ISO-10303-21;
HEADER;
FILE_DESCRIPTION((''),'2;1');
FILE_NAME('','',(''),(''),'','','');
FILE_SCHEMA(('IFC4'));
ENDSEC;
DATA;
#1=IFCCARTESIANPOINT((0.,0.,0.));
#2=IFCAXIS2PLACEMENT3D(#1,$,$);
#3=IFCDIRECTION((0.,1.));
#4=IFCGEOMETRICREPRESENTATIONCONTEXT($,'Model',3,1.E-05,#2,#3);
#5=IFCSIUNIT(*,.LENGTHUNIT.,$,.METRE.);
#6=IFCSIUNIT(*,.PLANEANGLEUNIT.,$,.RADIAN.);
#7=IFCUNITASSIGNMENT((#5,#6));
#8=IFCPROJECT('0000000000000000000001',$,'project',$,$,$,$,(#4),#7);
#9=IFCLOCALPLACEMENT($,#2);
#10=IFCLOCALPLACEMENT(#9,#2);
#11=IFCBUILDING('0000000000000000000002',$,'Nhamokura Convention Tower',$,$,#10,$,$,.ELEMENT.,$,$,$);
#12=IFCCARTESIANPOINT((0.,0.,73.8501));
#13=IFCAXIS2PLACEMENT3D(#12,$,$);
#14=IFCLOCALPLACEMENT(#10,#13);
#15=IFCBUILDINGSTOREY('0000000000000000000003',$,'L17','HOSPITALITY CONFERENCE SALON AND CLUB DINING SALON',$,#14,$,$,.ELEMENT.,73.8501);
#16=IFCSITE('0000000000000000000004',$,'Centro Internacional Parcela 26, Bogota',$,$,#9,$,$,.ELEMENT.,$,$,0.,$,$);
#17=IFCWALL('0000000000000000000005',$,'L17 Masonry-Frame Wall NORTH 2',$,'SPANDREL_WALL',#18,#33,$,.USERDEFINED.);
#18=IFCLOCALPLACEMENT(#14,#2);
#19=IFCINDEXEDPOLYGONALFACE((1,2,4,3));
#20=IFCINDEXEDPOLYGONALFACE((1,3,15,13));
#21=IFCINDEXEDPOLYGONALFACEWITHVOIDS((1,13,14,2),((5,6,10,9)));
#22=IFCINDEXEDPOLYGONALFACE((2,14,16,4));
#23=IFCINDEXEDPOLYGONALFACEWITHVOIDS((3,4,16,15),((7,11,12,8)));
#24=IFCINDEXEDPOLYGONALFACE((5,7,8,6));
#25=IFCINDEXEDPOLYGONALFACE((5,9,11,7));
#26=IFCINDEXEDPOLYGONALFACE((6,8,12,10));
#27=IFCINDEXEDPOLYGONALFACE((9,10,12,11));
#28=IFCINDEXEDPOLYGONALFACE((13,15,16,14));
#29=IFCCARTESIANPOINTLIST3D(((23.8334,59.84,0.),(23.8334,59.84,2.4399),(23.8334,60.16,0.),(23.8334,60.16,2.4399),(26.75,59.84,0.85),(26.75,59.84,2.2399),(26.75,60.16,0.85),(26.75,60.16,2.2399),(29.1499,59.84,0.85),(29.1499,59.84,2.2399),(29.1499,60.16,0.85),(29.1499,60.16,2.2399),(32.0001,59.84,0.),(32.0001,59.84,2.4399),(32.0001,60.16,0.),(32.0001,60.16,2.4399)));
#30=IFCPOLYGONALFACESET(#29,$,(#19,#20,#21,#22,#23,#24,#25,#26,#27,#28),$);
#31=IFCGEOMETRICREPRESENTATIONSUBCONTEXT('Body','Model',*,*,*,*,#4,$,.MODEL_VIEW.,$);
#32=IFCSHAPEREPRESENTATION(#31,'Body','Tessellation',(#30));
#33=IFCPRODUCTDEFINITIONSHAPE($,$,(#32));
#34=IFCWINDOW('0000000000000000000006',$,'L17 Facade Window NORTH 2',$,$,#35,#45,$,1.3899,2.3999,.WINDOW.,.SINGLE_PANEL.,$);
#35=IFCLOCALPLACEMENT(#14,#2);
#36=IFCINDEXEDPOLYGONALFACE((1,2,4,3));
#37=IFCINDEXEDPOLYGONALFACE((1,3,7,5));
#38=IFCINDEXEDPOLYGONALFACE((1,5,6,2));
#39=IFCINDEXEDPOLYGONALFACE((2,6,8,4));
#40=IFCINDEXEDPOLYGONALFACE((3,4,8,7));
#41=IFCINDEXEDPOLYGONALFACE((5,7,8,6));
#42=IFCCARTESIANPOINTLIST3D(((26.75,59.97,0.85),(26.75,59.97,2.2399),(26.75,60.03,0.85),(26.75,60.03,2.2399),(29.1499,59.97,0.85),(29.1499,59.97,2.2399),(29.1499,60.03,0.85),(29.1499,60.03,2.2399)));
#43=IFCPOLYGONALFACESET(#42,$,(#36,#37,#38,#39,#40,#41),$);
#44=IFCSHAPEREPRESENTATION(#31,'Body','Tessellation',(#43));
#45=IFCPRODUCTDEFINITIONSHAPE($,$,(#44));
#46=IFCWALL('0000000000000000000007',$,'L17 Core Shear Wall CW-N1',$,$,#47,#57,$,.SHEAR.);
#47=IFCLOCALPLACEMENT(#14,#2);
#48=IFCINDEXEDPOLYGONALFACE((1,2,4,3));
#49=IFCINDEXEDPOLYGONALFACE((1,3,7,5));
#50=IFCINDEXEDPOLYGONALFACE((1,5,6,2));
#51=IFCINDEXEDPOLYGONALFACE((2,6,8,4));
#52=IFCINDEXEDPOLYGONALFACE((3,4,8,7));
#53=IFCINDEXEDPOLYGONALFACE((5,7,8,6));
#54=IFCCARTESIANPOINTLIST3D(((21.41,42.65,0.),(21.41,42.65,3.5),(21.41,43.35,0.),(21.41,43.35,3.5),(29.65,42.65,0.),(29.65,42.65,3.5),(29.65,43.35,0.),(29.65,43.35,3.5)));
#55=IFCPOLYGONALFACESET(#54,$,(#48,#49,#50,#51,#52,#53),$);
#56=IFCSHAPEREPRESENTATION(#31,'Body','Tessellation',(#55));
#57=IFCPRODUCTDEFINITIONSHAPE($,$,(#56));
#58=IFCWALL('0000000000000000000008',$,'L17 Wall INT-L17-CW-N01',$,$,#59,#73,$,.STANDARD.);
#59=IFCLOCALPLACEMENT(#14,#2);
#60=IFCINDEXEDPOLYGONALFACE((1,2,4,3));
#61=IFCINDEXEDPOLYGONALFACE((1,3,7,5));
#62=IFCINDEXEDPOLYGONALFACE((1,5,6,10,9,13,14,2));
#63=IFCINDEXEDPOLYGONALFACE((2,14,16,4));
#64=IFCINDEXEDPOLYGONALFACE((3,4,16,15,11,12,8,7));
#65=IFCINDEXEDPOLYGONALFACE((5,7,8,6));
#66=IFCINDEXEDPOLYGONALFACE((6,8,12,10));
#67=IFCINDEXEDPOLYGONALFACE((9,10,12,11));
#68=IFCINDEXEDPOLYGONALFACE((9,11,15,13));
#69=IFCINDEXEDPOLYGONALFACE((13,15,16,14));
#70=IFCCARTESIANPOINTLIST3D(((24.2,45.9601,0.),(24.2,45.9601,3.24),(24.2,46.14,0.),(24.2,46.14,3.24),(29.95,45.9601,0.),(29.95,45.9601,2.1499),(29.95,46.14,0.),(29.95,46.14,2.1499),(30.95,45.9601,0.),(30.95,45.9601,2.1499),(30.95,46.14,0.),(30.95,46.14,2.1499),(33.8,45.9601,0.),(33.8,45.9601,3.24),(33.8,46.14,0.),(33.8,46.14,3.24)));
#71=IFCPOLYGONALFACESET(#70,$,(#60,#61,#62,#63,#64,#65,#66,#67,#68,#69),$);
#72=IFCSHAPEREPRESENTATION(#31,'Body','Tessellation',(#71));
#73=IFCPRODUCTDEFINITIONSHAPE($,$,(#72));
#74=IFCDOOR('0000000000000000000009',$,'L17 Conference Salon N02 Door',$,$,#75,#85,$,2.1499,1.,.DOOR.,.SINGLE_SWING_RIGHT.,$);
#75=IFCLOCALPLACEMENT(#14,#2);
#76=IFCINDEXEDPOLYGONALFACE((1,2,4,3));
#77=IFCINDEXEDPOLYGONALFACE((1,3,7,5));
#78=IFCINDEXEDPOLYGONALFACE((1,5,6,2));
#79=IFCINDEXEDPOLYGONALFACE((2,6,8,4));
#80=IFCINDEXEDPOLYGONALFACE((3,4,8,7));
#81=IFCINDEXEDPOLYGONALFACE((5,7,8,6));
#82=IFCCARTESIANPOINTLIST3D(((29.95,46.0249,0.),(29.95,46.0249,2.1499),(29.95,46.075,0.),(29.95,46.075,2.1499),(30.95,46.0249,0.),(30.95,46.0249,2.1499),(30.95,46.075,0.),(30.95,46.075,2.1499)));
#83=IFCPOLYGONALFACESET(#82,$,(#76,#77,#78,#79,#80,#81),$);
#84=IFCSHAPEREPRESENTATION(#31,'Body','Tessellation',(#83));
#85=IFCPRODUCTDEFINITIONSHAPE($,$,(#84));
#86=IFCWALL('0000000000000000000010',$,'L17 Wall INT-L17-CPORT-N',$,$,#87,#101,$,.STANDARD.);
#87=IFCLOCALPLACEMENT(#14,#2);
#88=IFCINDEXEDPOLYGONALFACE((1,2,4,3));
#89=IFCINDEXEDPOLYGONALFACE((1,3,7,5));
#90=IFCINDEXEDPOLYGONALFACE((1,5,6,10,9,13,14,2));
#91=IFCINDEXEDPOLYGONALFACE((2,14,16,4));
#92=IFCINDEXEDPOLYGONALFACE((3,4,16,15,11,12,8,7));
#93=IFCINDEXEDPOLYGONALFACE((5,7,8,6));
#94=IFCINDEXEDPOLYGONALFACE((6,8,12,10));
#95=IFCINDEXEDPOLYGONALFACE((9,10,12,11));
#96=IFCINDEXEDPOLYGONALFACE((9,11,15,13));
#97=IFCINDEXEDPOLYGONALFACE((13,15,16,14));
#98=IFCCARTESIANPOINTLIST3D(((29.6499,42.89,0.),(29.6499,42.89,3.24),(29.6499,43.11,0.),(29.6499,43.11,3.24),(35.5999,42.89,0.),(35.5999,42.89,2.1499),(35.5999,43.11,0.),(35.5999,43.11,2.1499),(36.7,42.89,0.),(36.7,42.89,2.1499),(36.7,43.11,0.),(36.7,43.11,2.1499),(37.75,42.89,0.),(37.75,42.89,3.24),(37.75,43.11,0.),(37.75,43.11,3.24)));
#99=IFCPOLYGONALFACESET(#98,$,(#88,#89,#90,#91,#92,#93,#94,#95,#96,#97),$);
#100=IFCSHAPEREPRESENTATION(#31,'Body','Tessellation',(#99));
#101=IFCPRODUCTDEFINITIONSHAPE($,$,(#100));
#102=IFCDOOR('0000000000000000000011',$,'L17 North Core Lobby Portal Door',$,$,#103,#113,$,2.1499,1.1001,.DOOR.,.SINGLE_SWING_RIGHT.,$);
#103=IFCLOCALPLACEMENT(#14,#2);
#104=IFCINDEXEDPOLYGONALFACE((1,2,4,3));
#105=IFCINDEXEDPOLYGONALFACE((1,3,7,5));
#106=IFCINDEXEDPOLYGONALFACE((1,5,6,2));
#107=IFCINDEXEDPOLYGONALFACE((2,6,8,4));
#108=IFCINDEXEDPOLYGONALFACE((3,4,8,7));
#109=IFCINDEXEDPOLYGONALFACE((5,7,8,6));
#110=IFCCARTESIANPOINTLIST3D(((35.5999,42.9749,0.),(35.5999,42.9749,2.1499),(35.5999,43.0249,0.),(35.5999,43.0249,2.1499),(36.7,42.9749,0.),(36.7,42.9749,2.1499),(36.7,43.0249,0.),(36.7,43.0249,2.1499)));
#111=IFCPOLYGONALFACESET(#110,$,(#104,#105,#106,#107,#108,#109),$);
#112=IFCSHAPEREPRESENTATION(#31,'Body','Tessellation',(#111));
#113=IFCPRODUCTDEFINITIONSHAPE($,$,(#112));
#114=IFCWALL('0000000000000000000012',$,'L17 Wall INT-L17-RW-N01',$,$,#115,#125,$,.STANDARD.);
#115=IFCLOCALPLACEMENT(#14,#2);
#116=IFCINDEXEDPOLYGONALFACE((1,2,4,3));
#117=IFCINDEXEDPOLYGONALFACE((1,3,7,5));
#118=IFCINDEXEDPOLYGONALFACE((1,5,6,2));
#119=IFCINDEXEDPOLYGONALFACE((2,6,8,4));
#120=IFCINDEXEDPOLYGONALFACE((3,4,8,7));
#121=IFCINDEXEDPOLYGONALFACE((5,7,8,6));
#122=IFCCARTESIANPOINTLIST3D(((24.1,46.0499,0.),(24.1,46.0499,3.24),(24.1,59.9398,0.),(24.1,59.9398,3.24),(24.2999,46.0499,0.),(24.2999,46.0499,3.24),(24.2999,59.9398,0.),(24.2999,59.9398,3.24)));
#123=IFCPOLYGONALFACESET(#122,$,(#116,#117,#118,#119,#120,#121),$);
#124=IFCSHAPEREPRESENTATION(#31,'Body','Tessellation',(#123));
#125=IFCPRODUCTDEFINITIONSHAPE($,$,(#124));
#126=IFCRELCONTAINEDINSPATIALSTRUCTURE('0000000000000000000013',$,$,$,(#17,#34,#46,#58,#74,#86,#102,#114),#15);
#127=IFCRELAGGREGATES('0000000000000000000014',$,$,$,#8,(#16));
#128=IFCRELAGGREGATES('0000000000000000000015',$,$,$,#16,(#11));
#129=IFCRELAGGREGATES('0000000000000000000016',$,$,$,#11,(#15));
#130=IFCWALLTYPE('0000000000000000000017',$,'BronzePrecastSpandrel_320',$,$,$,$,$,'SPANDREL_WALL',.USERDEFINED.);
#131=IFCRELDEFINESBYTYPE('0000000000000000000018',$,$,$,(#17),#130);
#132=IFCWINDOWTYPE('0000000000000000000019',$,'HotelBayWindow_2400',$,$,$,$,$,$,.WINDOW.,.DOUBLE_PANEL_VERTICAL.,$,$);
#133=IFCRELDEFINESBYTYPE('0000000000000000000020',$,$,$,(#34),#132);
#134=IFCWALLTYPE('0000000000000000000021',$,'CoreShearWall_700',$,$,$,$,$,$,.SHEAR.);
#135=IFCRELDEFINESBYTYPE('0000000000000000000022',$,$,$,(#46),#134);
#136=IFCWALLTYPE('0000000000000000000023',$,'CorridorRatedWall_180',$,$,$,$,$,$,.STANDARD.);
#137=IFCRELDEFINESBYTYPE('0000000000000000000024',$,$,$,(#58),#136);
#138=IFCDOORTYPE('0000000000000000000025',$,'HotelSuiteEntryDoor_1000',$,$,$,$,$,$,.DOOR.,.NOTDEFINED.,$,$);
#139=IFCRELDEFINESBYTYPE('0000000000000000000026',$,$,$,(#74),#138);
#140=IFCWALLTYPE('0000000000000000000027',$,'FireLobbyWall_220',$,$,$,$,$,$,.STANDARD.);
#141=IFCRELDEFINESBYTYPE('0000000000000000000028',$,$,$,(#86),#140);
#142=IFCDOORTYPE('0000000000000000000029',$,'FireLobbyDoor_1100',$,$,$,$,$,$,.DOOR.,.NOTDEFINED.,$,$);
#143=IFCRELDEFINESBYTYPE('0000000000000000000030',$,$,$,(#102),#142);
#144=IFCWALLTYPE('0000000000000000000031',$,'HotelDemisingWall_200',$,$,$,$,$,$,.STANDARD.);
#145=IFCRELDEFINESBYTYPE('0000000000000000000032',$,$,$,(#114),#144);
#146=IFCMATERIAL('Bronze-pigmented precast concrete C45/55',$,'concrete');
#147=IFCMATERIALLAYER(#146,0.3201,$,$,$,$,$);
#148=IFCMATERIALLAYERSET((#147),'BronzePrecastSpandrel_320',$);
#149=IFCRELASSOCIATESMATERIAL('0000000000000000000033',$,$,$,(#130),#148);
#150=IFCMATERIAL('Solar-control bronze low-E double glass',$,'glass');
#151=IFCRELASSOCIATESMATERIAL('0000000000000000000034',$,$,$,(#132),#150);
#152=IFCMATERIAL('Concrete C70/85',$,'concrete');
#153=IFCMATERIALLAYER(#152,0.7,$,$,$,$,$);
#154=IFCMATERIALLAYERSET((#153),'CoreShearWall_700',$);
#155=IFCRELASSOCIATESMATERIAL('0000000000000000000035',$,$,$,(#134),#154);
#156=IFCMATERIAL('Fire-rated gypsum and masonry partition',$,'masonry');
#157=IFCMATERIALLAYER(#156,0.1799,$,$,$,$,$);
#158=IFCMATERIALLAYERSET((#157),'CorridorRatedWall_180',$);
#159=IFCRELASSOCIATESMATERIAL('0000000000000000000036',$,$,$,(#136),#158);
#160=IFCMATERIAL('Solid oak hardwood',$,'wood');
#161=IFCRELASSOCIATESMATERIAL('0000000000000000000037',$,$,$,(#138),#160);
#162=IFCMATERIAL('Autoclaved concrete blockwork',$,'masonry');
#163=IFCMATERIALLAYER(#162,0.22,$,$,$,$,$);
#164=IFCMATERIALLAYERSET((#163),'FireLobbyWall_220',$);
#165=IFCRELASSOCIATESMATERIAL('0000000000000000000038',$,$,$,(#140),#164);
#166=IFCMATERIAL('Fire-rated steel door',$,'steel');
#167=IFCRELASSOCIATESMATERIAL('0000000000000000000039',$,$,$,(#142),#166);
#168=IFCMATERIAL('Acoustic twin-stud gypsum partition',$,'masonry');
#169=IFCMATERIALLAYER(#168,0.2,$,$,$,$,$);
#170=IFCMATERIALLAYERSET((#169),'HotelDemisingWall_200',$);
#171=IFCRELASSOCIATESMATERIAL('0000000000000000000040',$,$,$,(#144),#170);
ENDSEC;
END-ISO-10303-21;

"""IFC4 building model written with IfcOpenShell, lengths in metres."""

from ifc_helpers import new_model, si_unit, direction, frame, frame_2d, origin, place, context, subcontext, project, spatial, rectangle, extrude, material, layer, layer_set, type_object, element, fill, save


model = new_model("IFC4")

# Units and contexts
model_context = context("Model", 3, precision=1e-05, world=origin(), true_north=direction((0.0, 1.0)))
body_context = subcontext(model_context, "Body", "Model", "MODEL_VIEW")
ifc_project = project(units=[si_unit("LENGTHUNIT", "METRE"), si_unit("PLANEANGLEUNIT", "RADIAN")], contexts=[model_context])

# Site, building, storey
site_placement = place(None, origin())
site = spatial("IfcSite", under=ifc_project, at=site_placement, Name="Centro Internacional Parcela 26, Bogota", CompositionType="ELEMENT", RefElevation=0.0)
building_placement = place(site_placement, origin())
building = spatial("IfcBuilding", under=site, at=building_placement, Name="Nhamokura Convention Tower", CompositionType="ELEMENT")
storey_placement = place(building_placement, frame((0.0, 0.0, 73.8501)))
storey = spatial("IfcBuildingStorey", under=building, at=storey_placement, Name="L17", Description="HOSPITALITY CONFERENCE SALON AND CLUB DINING SALON", CompositionType="ELEMENT", Elevation=73.8501)

# Wall, opening, window
ifc_material_1 = material(Name="Bronze-pigmented precast concrete C45/55", Category="concrete")
ifc_layer_1 = layer(ifc_material_1, 0.3201)
ifc_layer_set_1 = layer_set([ifc_layer_1], Name="BronzePrecastSpandrel_320")
wall_type_1 = type_object("IfcWallType", Name="BronzePrecastSpandrel_320", ElementType="SPANDREL_WALL", PredefinedType="USERDEFINED", material=ifc_layer_set_1)
wall_1_placement = place(storey_placement, frame((23.8333, 60.0, 0.0), z_axis=(0.0, 0.0, 1.0), x_axis=(1.0, 0.0, 0.0)))
wall_1 = element("IfcWall", 1, at=wall_1_placement, inside=storey, type_object=wall_type_1, Name="L17 Masonry-Frame Wall NORTH 2", ObjectType="SPANDREL_WALL", PredefinedType="USERDEFINED", context=body_context, shape_type="SweptSolid", body=[
    extrude(rectangle(XDim=8.1667, YDim=0.3201, at=frame_2d((4.0835, 0.0))), origin(), (0.0, 0.0, 1.0), 2.4399),
])
opening_1_placement = place(wall_1_placement, frame((2.9167, 0.0, 0.8501)))
opening_1 = element("IfcOpeningElement", 2, at=opening_1_placement, cuts=wall_1, PredefinedType="OPENING", context=body_context, shape_type="SweptSolid", body=[
    extrude(rectangle(XDim=2.3999, YDim=1.3899, at=frame_2d((1.2, 0.6948))), frame((0.0, 0.1699, 0.0), z_axis=(0.0, -1.0, 0.0), x_axis=(1.0, 0.0, 0.0)), (0.0, 0.0, 1.0), 0.3401),
])
ifc_material_2 = material(Name="Solar-control bronze low-E double glass", Category="glass")
window_type = type_object("IfcWindowType", Name="HotelBayWindow_2400", PartitioningType="DOUBLE_PANEL_VERTICAL", PredefinedType="WINDOW", material=ifc_material_2)
window_placement = place(opening_1_placement, origin())
window = element("IfcWindow", 3, at=window_placement, inside=storey, type_object=window_type, Name="L17 Facade Window NORTH 2", OverallHeight=1.3899, OverallWidth=2.3999, PartitioningType="SINGLE_PANEL", PredefinedType="WINDOW", context=body_context, shape_type="SweptSolid", body=[
    extrude(rectangle(XDim=2.3999, YDim=1.3899, at=frame_2d((1.2, 0.6948))), frame((0.0, 0.03, 0.0), z_axis=(0.0, -1.0, 0.0), x_axis=(1.0, 0.0, 0.0)), (0.0, 0.0, 1.0), 0.0601),
])
fill(opening_1, window)

# Wall
ifc_material_3 = material(Name="Concrete C70/85", Category="concrete")
ifc_layer_2 = layer(ifc_material_3, 0.7)
ifc_layer_set_2 = layer_set([ifc_layer_2], Name="CoreShearWall_700")
wall_type_2 = type_object("IfcWallType", Name="CoreShearWall_700", PredefinedType="SHEAR", material=ifc_layer_set_2)
wall_2_placement = place(storey_placement, frame((21.4099, 43.0, 0.0), z_axis=(0.0, 0.0, 1.0), x_axis=(1.0, 0.0, 0.0)))
element("IfcWall", 4, at=wall_2_placement, inside=storey, type_object=wall_type_2, Name="L17 Core Shear Wall CW-N1", PredefinedType="SHEAR", context=body_context, shape_type="SweptSolid", body=[
    extrude(rectangle(XDim=8.24, YDim=0.7, at=frame_2d((4.1201, 0.0))), origin(), (0.0, 0.0, 1.0), 3.5),
])

# Walls, openings, doors
ifc_material_4 = material(Name="Fire-rated gypsum and masonry partition", Category="masonry")
ifc_layer_3 = layer(ifc_material_4, 0.1799)
ifc_layer_set_3 = layer_set([ifc_layer_3], Name="CorridorRatedWall_180")
wall_type_3 = type_object("IfcWallType", Name="CorridorRatedWall_180", PredefinedType="STANDARD", material=ifc_layer_set_3)
wall_3_placement = place(storey_placement, frame((24.2, 46.05, 0.0), z_axis=(0.0, 0.0, 1.0), x_axis=(1.0, 0.0, 0.0)))
wall_3 = element("IfcWall", 5, at=wall_3_placement, inside=storey, type_object=wall_type_3, Name="L17 Wall INT-L17-CW-N01", PredefinedType="STANDARD", context=body_context, shape_type="SweptSolid", body=[
    extrude(rectangle(XDim=9.6001, YDim=0.1799, at=frame_2d((4.8, 0.0))), origin(), (0.0, 0.0, 1.0), 3.24),
])
opening_2_placement = place(wall_3_placement, frame((5.75, 0.0, 0.0)))
opening_2 = element("IfcOpeningElement", 6, at=opening_2_placement, cuts=wall_3, PredefinedType="OPENING", context=body_context, shape_type="SweptSolid", body=[
    extrude(rectangle(XDim=1.0, YDim=2.1499, at=frame_2d((0.5, 1.075))), frame((0.0, 0.0999, 0.0), z_axis=(0.0, -1.0, 0.0), x_axis=(1.0, 0.0, 0.0)), (0.0, 0.0, 1.0), 0.2),
])
ifc_material_5 = material(Name="Solid oak hardwood", Category="wood")
door_type_1 = type_object("IfcDoorType", Name="HotelSuiteEntryDoor_1000", OperationType="NOTDEFINED", PredefinedType="DOOR", material=ifc_material_5)
door_1_placement = place(opening_2_placement, origin())
door_1 = element("IfcDoor", 7, at=door_1_placement, inside=storey, type_object=door_type_1, Name="L17 Conference Salon N02 Door", OperationType="SINGLE_SWING_RIGHT", OverallHeight=2.1499, OverallWidth=1.0, PredefinedType="DOOR", context=body_context, shape_type="SweptSolid", body=[
    extrude(rectangle(XDim=1.0, YDim=2.1499, at=frame_2d((0.5, 1.075))), frame((0.0, 0.0249, 0.0), z_axis=(0.0, -1.0, 0.0), x_axis=(1.0, 0.0, 0.0)), (0.0, 0.0, 1.0), 0.05),
])
fill(opening_2, door_1)
ifc_material_6 = material(Name="Autoclaved concrete blockwork", Category="masonry")
ifc_layer_4 = layer(ifc_material_6, 0.22)
ifc_layer_set_4 = layer_set([ifc_layer_4], Name="FireLobbyWall_220")
wall_type_4 = type_object("IfcWallType", Name="FireLobbyWall_220", PredefinedType="STANDARD", material=ifc_layer_set_4)
wall_4_placement = place(storey_placement, frame((29.6499, 43.0, 0.0), z_axis=(0.0, 0.0, 1.0), x_axis=(1.0, 0.0, 0.0)))
wall_4 = element("IfcWall", 8, at=wall_4_placement, inside=storey, type_object=wall_type_4, Name="L17 Wall INT-L17-CPORT-N", PredefinedType="STANDARD", context=body_context, shape_type="SweptSolid", body=[
    extrude(rectangle(XDim=8.1001, YDim=0.22, at=frame_2d((4.05, 0.0))), origin(), (0.0, 0.0, 1.0), 3.24),
])
opening_3_placement = place(wall_4_placement, frame((5.95, 0.0, 0.0)))
opening_3 = element("IfcOpeningElement", 9, at=opening_3_placement, cuts=wall_4, PredefinedType="OPENING", context=body_context, shape_type="SweptSolid", body=[
    extrude(rectangle(XDim=1.1001, YDim=2.1499, at=frame_2d((0.55, 1.075))), frame((0.0, 0.1199, 0.0), z_axis=(0.0, -1.0, 0.0), x_axis=(1.0, 0.0, 0.0)), (0.0, 0.0, 1.0), 0.24),
])
ifc_material_7 = material(Name="Fire-rated steel door", Category="steel")
door_type_2 = type_object("IfcDoorType", Name="FireLobbyDoor_1100", OperationType="NOTDEFINED", PredefinedType="DOOR", material=ifc_material_7)
door_2_placement = place(opening_3_placement, origin())
door_2 = element("IfcDoor", 10, at=door_2_placement, inside=storey, type_object=door_type_2, Name="L17 North Core Lobby Portal Door", OperationType="SINGLE_SWING_RIGHT", OverallHeight=2.1499, OverallWidth=1.1001, PredefinedType="DOOR", context=body_context, shape_type="SweptSolid", body=[
    extrude(rectangle(XDim=1.1001, YDim=2.1499, at=frame_2d((0.55, 1.075))), frame((0.0, 0.0249, 0.0), z_axis=(0.0, -1.0, 0.0), x_axis=(1.0, 0.0, 0.0)), (0.0, 0.0, 1.0), 0.05),
])
fill(opening_3, door_2)

# Wall
ifc_material_8 = material(Name="Acoustic twin-stud gypsum partition", Category="masonry")
ifc_layer_5 = layer(ifc_material_8, 0.2)
ifc_layer_set_5 = layer_set([ifc_layer_5], Name="HotelDemisingWall_200")
wall_type_5 = type_object("IfcWallType", Name="HotelDemisingWall_200", PredefinedType="STANDARD", material=ifc_layer_set_5)
wall_5_placement = place(storey_placement, frame((24.2, 46.05, 0.0), z_axis=(0.0, 0.0, 1.0), x_axis=(0.0, 1.0, 0.0)))
element("IfcWall", 11, at=wall_5_placement, inside=storey, type_object=wall_type_5, Name="L17 Wall INT-L17-RW-N01", PredefinedType="STANDARD", context=body_context, shape_type="SweptSolid", body=[
    extrude(rectangle(XDim=13.8899, YDim=0.2, at=frame_2d((6.9448, 0.0))), origin(), (0.0, 0.0, 1.0), 3.24),
])

save(model, "model.ifc")
